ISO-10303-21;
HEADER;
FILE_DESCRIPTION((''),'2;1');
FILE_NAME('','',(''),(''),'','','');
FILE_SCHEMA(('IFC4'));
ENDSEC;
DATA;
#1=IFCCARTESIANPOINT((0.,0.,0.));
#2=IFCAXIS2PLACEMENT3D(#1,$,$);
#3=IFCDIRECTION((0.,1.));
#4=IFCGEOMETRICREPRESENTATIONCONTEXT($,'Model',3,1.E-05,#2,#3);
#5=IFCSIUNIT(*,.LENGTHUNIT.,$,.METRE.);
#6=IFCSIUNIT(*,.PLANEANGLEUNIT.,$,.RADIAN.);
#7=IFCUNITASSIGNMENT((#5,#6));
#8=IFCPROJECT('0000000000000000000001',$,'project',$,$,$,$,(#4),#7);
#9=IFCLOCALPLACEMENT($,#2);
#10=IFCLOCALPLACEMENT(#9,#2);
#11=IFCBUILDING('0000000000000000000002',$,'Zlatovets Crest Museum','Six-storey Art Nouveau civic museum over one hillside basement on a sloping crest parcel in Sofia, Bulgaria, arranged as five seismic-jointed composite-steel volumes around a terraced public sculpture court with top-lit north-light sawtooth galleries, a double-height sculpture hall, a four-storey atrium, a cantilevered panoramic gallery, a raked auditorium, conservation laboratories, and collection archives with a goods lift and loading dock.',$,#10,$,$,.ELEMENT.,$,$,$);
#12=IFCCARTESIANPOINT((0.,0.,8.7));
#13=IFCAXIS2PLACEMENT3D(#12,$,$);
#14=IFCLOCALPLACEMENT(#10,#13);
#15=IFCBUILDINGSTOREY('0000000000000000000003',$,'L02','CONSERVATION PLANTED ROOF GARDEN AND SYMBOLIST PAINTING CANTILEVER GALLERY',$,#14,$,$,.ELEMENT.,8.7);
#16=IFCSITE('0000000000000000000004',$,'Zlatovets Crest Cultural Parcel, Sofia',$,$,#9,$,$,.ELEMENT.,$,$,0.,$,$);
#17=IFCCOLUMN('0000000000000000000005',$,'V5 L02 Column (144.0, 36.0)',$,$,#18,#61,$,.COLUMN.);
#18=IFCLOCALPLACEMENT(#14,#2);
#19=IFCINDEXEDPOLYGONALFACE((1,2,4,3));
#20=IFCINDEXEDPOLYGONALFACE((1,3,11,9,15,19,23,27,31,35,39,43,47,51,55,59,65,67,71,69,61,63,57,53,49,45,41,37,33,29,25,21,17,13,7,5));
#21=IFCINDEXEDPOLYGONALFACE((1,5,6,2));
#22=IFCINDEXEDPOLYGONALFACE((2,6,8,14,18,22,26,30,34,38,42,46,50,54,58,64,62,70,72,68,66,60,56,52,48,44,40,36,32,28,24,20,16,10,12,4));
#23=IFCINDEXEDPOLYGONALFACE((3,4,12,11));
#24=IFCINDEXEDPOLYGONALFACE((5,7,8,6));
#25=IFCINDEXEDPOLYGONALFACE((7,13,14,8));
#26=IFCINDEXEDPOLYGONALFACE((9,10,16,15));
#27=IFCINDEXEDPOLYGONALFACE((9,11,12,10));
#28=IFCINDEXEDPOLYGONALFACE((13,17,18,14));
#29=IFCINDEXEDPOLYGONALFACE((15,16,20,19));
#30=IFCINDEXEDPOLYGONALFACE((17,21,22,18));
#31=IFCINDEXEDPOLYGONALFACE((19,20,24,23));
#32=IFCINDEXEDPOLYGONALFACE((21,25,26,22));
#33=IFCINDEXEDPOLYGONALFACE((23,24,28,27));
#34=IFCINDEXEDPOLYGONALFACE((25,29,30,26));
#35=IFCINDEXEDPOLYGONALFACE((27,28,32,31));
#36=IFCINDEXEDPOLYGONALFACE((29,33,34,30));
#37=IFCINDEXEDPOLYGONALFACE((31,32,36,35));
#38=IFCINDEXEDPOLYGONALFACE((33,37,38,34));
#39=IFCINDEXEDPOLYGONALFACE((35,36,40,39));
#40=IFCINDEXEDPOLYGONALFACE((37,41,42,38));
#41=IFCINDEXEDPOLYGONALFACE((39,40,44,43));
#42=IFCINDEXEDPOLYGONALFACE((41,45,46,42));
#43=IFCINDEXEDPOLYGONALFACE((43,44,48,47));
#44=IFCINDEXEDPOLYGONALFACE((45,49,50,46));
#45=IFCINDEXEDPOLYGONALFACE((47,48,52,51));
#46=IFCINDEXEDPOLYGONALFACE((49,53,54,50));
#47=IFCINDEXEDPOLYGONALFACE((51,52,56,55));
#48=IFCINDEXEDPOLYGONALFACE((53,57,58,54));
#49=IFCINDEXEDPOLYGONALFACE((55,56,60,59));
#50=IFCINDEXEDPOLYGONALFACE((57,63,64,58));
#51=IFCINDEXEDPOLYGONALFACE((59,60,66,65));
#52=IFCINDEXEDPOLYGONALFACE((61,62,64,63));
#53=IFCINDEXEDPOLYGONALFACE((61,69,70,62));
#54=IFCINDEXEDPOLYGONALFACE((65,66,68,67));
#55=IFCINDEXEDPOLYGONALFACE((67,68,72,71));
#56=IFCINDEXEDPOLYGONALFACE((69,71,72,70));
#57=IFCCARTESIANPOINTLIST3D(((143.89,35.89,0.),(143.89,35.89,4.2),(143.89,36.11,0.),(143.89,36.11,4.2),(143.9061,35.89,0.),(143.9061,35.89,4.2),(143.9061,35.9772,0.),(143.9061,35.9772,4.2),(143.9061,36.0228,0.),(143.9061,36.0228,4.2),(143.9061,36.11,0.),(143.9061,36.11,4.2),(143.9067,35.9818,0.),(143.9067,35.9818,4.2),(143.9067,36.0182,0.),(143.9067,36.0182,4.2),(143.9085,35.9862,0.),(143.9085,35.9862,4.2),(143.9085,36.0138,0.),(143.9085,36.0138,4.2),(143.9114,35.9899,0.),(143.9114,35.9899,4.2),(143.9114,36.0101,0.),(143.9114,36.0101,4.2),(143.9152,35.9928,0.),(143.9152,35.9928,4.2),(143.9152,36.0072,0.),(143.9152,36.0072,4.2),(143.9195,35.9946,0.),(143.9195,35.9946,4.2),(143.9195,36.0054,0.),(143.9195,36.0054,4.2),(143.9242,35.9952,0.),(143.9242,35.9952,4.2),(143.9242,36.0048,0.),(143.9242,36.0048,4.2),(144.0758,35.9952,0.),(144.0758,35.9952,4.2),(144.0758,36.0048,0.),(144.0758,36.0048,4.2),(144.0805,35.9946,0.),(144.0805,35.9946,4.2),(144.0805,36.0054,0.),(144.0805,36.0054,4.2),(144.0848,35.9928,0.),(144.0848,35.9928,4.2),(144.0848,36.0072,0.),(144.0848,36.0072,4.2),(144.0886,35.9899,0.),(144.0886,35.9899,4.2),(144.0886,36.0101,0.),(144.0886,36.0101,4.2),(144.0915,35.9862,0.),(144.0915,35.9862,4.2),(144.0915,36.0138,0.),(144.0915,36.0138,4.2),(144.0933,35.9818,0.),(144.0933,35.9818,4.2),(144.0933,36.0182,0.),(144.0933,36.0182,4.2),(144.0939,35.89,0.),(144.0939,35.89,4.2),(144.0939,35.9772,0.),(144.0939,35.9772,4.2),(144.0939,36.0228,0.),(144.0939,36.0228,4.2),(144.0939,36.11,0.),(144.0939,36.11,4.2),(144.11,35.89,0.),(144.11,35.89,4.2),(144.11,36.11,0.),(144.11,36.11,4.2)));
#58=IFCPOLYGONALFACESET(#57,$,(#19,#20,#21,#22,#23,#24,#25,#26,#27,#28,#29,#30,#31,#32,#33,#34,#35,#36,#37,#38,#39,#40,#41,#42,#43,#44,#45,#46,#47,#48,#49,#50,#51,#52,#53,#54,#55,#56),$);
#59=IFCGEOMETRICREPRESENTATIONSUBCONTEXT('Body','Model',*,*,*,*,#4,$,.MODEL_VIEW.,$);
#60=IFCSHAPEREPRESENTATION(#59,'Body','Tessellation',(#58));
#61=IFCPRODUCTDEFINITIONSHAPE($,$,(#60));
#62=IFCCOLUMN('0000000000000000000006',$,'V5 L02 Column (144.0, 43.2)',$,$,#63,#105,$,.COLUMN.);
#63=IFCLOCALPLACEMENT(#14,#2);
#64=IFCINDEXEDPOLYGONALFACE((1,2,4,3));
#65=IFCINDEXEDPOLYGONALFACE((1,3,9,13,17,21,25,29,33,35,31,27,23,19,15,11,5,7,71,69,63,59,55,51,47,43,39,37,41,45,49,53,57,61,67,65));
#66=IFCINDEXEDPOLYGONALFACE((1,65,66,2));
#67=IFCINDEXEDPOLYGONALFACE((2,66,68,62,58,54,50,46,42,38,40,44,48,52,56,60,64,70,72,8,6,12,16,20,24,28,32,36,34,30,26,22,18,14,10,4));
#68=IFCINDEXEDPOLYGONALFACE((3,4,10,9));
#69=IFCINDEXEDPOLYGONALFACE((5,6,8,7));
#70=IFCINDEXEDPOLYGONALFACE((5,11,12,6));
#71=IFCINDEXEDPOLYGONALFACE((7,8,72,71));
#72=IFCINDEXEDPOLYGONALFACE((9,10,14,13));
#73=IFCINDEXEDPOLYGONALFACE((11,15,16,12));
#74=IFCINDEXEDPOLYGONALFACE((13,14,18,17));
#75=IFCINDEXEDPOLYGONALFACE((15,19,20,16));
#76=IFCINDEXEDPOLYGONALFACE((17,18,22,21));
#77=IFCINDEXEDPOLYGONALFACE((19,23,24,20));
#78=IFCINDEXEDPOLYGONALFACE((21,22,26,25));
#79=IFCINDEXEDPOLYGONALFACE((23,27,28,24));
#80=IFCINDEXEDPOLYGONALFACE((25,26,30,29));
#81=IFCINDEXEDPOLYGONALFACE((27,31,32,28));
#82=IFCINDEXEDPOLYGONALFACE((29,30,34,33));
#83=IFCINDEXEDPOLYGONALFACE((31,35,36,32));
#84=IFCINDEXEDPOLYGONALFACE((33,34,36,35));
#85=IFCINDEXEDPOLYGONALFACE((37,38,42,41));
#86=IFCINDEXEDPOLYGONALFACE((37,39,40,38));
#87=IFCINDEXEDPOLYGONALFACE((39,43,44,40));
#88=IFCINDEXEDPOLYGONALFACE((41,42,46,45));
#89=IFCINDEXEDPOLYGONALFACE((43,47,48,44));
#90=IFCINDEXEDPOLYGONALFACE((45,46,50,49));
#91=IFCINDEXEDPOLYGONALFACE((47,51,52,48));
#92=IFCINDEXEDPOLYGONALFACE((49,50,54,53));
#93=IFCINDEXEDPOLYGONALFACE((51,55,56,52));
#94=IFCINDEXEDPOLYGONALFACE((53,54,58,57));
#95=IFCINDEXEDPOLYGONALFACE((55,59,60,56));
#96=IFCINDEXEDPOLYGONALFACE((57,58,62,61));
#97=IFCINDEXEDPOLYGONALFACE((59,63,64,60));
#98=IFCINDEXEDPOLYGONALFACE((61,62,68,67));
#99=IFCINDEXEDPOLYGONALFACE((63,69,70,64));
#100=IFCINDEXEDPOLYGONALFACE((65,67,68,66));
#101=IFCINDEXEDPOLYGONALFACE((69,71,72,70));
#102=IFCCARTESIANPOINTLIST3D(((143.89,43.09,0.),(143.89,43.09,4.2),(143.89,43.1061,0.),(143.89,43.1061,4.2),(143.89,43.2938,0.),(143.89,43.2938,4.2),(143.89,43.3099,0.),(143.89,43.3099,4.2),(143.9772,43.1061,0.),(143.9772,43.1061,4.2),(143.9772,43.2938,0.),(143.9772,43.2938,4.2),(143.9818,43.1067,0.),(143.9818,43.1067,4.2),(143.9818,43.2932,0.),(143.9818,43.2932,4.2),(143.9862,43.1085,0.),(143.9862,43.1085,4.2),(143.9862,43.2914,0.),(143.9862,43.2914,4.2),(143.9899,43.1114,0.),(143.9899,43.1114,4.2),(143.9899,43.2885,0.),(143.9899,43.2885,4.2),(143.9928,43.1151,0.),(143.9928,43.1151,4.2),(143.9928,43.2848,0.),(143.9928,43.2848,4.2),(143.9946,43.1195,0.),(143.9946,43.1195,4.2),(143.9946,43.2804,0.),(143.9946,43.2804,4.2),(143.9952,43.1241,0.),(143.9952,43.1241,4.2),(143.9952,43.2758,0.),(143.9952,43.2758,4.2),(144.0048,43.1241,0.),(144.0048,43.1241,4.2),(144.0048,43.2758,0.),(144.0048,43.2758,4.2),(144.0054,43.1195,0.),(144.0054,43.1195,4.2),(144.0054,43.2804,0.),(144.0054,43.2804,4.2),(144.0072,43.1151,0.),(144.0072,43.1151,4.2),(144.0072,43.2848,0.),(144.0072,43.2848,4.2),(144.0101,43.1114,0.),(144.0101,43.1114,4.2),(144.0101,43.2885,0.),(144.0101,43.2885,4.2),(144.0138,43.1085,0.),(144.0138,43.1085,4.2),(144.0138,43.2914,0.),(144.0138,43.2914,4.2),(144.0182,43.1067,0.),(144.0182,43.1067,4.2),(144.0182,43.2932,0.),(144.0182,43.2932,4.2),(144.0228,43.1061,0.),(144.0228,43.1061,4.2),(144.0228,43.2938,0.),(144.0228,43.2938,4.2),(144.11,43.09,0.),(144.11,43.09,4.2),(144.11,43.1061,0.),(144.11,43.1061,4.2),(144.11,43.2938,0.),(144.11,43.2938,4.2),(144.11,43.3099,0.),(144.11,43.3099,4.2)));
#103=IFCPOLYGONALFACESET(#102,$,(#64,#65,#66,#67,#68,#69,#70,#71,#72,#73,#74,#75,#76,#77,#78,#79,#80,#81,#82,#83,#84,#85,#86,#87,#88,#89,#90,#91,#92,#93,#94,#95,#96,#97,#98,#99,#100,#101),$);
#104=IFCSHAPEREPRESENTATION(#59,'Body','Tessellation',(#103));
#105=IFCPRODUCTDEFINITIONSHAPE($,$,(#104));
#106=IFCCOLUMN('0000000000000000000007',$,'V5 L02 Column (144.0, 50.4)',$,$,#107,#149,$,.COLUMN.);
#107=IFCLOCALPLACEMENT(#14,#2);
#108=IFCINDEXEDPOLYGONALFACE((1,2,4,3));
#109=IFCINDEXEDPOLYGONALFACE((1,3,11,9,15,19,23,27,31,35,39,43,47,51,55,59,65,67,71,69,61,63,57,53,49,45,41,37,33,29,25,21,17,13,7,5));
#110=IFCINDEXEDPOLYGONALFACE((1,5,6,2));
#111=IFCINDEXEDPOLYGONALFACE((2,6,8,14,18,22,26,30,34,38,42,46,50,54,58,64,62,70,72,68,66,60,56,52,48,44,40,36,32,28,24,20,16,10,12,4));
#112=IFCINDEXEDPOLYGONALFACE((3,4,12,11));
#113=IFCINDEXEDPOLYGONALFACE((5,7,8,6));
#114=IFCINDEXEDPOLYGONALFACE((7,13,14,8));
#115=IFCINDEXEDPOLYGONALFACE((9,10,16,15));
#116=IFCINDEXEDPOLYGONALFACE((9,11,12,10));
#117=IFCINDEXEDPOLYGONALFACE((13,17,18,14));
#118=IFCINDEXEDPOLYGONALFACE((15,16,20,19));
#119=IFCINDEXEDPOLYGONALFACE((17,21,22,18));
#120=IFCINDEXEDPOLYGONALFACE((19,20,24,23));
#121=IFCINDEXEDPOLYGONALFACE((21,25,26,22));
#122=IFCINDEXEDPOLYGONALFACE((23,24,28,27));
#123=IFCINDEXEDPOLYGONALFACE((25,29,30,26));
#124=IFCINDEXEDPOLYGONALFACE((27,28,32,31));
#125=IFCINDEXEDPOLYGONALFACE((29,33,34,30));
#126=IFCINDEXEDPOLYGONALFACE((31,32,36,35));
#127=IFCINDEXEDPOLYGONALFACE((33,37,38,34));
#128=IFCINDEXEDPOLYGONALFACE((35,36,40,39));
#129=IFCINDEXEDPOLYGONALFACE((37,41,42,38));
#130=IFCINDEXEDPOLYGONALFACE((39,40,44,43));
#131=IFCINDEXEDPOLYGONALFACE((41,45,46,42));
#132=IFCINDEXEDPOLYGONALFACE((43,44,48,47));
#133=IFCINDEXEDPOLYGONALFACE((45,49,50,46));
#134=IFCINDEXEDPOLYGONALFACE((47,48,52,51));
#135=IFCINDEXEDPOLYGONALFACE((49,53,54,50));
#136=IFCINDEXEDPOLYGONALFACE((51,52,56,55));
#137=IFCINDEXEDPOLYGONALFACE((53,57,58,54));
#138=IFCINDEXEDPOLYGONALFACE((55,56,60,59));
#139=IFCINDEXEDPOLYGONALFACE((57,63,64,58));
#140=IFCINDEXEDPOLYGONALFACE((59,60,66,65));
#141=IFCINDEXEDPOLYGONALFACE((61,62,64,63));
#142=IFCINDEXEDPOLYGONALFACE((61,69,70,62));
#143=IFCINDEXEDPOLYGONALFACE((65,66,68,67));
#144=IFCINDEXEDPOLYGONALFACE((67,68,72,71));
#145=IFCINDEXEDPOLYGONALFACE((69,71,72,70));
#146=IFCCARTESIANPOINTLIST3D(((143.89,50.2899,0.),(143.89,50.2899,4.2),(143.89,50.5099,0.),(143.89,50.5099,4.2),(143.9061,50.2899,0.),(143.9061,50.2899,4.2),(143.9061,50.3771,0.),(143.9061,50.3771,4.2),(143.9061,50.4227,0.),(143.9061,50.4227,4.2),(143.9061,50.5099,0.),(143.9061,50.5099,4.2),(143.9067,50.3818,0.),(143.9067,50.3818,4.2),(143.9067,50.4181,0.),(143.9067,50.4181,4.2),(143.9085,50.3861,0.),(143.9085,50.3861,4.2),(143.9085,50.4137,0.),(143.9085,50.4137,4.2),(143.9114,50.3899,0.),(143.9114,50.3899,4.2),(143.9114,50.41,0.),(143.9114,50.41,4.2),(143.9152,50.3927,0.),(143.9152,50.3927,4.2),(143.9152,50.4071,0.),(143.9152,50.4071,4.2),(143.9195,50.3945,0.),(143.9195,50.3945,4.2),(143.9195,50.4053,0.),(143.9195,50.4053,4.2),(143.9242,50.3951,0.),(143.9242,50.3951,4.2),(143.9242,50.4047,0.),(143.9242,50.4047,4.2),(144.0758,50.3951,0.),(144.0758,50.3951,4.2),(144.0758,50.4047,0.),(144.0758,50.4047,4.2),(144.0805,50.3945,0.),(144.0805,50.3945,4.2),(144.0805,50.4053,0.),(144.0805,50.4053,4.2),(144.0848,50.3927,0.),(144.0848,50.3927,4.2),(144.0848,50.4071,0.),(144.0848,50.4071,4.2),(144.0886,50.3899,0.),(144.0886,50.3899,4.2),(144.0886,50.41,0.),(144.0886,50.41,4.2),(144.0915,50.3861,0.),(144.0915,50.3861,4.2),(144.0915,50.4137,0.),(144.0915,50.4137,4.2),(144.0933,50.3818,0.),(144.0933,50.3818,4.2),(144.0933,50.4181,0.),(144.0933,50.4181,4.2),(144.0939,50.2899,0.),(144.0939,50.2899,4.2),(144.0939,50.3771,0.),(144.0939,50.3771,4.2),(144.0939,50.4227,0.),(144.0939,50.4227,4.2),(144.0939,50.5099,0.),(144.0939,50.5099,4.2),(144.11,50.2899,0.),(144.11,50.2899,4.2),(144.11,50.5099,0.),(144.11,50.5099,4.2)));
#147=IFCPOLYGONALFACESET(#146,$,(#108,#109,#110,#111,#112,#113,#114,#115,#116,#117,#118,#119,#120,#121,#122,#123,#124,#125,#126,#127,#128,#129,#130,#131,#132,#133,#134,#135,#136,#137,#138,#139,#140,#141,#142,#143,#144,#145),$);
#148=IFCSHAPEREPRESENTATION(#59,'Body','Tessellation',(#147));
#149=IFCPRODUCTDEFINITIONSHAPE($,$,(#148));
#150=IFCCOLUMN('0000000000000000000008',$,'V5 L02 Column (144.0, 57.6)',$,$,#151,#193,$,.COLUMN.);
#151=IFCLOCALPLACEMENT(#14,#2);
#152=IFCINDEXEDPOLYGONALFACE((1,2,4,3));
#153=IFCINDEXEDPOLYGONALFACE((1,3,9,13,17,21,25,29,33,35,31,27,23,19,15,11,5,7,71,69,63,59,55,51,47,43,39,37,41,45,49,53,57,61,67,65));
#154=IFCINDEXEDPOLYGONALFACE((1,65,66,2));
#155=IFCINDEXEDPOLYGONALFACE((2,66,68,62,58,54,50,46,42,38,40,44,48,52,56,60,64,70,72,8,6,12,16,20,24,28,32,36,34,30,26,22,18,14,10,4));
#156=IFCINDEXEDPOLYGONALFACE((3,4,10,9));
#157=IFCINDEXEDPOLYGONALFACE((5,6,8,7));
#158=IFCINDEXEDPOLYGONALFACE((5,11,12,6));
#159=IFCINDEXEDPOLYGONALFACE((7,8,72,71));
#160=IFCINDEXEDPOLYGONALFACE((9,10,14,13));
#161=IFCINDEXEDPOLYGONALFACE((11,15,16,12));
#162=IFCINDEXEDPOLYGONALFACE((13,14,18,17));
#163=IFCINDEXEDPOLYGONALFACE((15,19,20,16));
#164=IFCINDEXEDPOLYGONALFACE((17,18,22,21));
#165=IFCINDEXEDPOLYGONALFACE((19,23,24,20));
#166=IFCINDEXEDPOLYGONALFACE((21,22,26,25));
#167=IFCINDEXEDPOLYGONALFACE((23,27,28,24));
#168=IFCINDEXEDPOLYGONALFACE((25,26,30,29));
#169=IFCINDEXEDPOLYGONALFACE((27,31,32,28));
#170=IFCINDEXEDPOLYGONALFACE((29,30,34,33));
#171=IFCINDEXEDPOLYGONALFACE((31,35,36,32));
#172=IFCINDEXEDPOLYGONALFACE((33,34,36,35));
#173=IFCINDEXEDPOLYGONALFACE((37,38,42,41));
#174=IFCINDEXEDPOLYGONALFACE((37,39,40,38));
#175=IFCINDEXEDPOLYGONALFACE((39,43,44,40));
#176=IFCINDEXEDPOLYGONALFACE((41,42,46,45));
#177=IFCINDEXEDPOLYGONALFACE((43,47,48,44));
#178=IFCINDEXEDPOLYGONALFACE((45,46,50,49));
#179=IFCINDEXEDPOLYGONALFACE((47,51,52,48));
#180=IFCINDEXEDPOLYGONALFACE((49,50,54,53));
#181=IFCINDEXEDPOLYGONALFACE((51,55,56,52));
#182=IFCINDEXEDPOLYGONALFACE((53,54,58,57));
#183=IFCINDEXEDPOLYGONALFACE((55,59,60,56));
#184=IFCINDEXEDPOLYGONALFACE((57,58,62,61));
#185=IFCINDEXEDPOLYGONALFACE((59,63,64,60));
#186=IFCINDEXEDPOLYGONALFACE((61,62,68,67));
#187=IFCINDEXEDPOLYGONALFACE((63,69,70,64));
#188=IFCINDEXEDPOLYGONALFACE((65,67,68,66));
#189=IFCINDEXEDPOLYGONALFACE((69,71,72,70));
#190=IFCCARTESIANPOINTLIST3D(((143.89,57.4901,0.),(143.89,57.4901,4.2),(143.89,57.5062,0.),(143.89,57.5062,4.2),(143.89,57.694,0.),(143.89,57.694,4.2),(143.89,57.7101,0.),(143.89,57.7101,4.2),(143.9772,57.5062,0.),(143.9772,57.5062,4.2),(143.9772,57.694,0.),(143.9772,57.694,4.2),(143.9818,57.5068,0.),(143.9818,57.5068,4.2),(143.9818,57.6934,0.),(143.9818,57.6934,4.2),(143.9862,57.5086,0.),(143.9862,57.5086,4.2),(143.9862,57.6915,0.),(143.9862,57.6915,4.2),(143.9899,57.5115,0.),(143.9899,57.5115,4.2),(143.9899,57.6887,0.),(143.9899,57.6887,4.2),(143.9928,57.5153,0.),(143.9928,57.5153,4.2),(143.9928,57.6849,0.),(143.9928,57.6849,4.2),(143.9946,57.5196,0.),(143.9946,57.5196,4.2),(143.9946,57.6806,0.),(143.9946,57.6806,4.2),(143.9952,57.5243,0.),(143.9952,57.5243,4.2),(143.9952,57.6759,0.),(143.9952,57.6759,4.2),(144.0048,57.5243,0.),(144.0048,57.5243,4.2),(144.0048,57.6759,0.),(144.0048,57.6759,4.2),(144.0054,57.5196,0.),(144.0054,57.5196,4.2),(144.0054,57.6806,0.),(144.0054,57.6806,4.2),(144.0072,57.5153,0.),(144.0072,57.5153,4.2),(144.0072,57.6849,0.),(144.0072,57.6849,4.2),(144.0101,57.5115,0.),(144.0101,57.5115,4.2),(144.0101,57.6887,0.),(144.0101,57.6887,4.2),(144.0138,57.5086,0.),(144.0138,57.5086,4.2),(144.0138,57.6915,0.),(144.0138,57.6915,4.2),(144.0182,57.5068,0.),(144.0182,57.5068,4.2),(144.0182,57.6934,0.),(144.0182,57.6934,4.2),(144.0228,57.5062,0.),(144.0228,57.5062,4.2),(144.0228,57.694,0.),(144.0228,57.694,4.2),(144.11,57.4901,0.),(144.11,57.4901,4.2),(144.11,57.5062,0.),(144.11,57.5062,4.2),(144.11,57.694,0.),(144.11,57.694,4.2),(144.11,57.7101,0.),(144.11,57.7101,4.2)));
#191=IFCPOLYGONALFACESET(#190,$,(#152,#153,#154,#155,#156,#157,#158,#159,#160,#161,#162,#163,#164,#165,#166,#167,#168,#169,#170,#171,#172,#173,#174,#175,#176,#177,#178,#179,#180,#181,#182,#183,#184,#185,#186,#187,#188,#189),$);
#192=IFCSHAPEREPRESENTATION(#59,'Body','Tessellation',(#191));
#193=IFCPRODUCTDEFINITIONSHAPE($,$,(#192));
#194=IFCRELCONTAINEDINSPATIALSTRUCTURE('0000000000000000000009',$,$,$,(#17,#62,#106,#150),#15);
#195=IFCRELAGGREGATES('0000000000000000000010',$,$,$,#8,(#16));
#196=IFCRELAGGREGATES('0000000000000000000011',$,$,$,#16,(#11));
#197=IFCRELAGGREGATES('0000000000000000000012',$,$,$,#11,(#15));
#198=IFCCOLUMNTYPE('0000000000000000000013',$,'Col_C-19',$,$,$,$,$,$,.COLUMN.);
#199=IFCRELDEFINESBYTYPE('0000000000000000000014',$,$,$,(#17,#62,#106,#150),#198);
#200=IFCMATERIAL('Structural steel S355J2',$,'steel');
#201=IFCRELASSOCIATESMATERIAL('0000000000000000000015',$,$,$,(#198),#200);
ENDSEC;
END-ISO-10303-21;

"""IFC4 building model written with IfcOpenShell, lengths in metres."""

from ifc_helpers import new_model, si_unit, direction, frame, origin, origin_2d, place, context, subcontext, project, spatial, i_section, extrude, material, material_profile, profile_set, type_object, element, save


model = new_model("IFC4")

# Units and contexts
model_context = context("Model", 3, precision=1e-05, world=origin(), true_north=direction((0.0, 1.0)))
body_context = subcontext(model_context, "Body", "Model", "MODEL_VIEW")
ifc_project = project(units=[si_unit("LENGTHUNIT", "METRE"), si_unit("PLANEANGLEUNIT", "RADIAN")], contexts=[model_context])

# Site, building, storey
site_placement = place(None, origin())
site = spatial("IfcSite", under=ifc_project, at=site_placement, Name="Zlatovets Crest Cultural Parcel, Sofia", CompositionType="ELEMENT", RefElevation=0.0)
building_placement = place(site_placement, origin())
building = spatial("IfcBuilding", under=site, at=building_placement, Name="Zlatovets Crest Museum", Description="Six-storey Art Nouveau civic museum over one hillside basement on a sloping crest parcel in Sofia, Bulgaria, arranged as five seismic-jointed composite-steel volumes around a terraced public sculpture court with top-lit north-light sawtooth galleries, a double-height sculpture hall, a four-storey atrium, a cantilevered panoramic gallery, a raked auditorium, conservation laboratories, and collection archives with a goods lift and loading dock.", CompositionType="ELEMENT")
storey_placement = place(building_placement, frame((0.0, 0.0, 8.7)))
storey = spatial("IfcBuildingStorey", under=building, at=storey_placement, Name="L02", Description="CONSERVATION PLANTED ROOF GARDEN AND SYMBOLIST PAINTING CANTILEVER GALLERY", CompositionType="ELEMENT", Elevation=8.7)

# Columns
ifc_material_1 = material(Name="Structural steel S355J2", Category="steel")
ifc_material_profile_1 = material_profile(ifc_material_1, i_section(OverallWidth=0.22, OverallDepth=0.22, WebThickness=0.0095, FlangeThickness=0.0161, FilletRadius=0.0181, at=origin_2d()), Name="HEB 220")
ifc_profile_set_1 = profile_set([ifc_material_profile_1], Name="Structural steel S355J2")
column_type = type_object("IfcColumnType", Name="Col_C-19", PredefinedType="COLUMN", material=ifc_profile_set_1)
for number, where, z_axis, x_axis, name in (
    (1, (144.0, 36.0, 0.0), (0.0, 0.0, 1.0), (0.0, 1.0, 0.0), "V5 L02 Column (144.0, 36.0)"),
    (2, (144.0, 43.2, 0.0), (0.0, 0.0, 1.0), (1.0, 0.0, 0.0), "V5 L02 Column (144.0, 43.2)"),
    (3, (144.0, 50.3999, 0.0), (0.0, 0.0, 1.0), (0.0, 1.0, 0.0), "V5 L02 Column (144.0, 50.4)"),
    (4, (144.0, 57.6001, 0.0), (0.0, 0.0, 1.0), (1.0, 0.0, 0.0), "V5 L02 Column (144.0, 57.6)"),
):
    element("IfcColumn", number, at=place(storey_placement, frame(where, z_axis=z_axis, x_axis=x_axis)), inside=storey, type_object=column_type, Name=name, PredefinedType="COLUMN", context=body_context, shape_type="SweptSolid", body=[
        extrude(i_section(OverallWidth=0.22, OverallDepth=0.22, WebThickness=0.0095, FlangeThickness=0.0161, FilletRadius=0.0181, at=origin_2d()), origin(), (0.0, 0.0, 1.0), 4.2),
    ])

save(model, "model.ifc")
